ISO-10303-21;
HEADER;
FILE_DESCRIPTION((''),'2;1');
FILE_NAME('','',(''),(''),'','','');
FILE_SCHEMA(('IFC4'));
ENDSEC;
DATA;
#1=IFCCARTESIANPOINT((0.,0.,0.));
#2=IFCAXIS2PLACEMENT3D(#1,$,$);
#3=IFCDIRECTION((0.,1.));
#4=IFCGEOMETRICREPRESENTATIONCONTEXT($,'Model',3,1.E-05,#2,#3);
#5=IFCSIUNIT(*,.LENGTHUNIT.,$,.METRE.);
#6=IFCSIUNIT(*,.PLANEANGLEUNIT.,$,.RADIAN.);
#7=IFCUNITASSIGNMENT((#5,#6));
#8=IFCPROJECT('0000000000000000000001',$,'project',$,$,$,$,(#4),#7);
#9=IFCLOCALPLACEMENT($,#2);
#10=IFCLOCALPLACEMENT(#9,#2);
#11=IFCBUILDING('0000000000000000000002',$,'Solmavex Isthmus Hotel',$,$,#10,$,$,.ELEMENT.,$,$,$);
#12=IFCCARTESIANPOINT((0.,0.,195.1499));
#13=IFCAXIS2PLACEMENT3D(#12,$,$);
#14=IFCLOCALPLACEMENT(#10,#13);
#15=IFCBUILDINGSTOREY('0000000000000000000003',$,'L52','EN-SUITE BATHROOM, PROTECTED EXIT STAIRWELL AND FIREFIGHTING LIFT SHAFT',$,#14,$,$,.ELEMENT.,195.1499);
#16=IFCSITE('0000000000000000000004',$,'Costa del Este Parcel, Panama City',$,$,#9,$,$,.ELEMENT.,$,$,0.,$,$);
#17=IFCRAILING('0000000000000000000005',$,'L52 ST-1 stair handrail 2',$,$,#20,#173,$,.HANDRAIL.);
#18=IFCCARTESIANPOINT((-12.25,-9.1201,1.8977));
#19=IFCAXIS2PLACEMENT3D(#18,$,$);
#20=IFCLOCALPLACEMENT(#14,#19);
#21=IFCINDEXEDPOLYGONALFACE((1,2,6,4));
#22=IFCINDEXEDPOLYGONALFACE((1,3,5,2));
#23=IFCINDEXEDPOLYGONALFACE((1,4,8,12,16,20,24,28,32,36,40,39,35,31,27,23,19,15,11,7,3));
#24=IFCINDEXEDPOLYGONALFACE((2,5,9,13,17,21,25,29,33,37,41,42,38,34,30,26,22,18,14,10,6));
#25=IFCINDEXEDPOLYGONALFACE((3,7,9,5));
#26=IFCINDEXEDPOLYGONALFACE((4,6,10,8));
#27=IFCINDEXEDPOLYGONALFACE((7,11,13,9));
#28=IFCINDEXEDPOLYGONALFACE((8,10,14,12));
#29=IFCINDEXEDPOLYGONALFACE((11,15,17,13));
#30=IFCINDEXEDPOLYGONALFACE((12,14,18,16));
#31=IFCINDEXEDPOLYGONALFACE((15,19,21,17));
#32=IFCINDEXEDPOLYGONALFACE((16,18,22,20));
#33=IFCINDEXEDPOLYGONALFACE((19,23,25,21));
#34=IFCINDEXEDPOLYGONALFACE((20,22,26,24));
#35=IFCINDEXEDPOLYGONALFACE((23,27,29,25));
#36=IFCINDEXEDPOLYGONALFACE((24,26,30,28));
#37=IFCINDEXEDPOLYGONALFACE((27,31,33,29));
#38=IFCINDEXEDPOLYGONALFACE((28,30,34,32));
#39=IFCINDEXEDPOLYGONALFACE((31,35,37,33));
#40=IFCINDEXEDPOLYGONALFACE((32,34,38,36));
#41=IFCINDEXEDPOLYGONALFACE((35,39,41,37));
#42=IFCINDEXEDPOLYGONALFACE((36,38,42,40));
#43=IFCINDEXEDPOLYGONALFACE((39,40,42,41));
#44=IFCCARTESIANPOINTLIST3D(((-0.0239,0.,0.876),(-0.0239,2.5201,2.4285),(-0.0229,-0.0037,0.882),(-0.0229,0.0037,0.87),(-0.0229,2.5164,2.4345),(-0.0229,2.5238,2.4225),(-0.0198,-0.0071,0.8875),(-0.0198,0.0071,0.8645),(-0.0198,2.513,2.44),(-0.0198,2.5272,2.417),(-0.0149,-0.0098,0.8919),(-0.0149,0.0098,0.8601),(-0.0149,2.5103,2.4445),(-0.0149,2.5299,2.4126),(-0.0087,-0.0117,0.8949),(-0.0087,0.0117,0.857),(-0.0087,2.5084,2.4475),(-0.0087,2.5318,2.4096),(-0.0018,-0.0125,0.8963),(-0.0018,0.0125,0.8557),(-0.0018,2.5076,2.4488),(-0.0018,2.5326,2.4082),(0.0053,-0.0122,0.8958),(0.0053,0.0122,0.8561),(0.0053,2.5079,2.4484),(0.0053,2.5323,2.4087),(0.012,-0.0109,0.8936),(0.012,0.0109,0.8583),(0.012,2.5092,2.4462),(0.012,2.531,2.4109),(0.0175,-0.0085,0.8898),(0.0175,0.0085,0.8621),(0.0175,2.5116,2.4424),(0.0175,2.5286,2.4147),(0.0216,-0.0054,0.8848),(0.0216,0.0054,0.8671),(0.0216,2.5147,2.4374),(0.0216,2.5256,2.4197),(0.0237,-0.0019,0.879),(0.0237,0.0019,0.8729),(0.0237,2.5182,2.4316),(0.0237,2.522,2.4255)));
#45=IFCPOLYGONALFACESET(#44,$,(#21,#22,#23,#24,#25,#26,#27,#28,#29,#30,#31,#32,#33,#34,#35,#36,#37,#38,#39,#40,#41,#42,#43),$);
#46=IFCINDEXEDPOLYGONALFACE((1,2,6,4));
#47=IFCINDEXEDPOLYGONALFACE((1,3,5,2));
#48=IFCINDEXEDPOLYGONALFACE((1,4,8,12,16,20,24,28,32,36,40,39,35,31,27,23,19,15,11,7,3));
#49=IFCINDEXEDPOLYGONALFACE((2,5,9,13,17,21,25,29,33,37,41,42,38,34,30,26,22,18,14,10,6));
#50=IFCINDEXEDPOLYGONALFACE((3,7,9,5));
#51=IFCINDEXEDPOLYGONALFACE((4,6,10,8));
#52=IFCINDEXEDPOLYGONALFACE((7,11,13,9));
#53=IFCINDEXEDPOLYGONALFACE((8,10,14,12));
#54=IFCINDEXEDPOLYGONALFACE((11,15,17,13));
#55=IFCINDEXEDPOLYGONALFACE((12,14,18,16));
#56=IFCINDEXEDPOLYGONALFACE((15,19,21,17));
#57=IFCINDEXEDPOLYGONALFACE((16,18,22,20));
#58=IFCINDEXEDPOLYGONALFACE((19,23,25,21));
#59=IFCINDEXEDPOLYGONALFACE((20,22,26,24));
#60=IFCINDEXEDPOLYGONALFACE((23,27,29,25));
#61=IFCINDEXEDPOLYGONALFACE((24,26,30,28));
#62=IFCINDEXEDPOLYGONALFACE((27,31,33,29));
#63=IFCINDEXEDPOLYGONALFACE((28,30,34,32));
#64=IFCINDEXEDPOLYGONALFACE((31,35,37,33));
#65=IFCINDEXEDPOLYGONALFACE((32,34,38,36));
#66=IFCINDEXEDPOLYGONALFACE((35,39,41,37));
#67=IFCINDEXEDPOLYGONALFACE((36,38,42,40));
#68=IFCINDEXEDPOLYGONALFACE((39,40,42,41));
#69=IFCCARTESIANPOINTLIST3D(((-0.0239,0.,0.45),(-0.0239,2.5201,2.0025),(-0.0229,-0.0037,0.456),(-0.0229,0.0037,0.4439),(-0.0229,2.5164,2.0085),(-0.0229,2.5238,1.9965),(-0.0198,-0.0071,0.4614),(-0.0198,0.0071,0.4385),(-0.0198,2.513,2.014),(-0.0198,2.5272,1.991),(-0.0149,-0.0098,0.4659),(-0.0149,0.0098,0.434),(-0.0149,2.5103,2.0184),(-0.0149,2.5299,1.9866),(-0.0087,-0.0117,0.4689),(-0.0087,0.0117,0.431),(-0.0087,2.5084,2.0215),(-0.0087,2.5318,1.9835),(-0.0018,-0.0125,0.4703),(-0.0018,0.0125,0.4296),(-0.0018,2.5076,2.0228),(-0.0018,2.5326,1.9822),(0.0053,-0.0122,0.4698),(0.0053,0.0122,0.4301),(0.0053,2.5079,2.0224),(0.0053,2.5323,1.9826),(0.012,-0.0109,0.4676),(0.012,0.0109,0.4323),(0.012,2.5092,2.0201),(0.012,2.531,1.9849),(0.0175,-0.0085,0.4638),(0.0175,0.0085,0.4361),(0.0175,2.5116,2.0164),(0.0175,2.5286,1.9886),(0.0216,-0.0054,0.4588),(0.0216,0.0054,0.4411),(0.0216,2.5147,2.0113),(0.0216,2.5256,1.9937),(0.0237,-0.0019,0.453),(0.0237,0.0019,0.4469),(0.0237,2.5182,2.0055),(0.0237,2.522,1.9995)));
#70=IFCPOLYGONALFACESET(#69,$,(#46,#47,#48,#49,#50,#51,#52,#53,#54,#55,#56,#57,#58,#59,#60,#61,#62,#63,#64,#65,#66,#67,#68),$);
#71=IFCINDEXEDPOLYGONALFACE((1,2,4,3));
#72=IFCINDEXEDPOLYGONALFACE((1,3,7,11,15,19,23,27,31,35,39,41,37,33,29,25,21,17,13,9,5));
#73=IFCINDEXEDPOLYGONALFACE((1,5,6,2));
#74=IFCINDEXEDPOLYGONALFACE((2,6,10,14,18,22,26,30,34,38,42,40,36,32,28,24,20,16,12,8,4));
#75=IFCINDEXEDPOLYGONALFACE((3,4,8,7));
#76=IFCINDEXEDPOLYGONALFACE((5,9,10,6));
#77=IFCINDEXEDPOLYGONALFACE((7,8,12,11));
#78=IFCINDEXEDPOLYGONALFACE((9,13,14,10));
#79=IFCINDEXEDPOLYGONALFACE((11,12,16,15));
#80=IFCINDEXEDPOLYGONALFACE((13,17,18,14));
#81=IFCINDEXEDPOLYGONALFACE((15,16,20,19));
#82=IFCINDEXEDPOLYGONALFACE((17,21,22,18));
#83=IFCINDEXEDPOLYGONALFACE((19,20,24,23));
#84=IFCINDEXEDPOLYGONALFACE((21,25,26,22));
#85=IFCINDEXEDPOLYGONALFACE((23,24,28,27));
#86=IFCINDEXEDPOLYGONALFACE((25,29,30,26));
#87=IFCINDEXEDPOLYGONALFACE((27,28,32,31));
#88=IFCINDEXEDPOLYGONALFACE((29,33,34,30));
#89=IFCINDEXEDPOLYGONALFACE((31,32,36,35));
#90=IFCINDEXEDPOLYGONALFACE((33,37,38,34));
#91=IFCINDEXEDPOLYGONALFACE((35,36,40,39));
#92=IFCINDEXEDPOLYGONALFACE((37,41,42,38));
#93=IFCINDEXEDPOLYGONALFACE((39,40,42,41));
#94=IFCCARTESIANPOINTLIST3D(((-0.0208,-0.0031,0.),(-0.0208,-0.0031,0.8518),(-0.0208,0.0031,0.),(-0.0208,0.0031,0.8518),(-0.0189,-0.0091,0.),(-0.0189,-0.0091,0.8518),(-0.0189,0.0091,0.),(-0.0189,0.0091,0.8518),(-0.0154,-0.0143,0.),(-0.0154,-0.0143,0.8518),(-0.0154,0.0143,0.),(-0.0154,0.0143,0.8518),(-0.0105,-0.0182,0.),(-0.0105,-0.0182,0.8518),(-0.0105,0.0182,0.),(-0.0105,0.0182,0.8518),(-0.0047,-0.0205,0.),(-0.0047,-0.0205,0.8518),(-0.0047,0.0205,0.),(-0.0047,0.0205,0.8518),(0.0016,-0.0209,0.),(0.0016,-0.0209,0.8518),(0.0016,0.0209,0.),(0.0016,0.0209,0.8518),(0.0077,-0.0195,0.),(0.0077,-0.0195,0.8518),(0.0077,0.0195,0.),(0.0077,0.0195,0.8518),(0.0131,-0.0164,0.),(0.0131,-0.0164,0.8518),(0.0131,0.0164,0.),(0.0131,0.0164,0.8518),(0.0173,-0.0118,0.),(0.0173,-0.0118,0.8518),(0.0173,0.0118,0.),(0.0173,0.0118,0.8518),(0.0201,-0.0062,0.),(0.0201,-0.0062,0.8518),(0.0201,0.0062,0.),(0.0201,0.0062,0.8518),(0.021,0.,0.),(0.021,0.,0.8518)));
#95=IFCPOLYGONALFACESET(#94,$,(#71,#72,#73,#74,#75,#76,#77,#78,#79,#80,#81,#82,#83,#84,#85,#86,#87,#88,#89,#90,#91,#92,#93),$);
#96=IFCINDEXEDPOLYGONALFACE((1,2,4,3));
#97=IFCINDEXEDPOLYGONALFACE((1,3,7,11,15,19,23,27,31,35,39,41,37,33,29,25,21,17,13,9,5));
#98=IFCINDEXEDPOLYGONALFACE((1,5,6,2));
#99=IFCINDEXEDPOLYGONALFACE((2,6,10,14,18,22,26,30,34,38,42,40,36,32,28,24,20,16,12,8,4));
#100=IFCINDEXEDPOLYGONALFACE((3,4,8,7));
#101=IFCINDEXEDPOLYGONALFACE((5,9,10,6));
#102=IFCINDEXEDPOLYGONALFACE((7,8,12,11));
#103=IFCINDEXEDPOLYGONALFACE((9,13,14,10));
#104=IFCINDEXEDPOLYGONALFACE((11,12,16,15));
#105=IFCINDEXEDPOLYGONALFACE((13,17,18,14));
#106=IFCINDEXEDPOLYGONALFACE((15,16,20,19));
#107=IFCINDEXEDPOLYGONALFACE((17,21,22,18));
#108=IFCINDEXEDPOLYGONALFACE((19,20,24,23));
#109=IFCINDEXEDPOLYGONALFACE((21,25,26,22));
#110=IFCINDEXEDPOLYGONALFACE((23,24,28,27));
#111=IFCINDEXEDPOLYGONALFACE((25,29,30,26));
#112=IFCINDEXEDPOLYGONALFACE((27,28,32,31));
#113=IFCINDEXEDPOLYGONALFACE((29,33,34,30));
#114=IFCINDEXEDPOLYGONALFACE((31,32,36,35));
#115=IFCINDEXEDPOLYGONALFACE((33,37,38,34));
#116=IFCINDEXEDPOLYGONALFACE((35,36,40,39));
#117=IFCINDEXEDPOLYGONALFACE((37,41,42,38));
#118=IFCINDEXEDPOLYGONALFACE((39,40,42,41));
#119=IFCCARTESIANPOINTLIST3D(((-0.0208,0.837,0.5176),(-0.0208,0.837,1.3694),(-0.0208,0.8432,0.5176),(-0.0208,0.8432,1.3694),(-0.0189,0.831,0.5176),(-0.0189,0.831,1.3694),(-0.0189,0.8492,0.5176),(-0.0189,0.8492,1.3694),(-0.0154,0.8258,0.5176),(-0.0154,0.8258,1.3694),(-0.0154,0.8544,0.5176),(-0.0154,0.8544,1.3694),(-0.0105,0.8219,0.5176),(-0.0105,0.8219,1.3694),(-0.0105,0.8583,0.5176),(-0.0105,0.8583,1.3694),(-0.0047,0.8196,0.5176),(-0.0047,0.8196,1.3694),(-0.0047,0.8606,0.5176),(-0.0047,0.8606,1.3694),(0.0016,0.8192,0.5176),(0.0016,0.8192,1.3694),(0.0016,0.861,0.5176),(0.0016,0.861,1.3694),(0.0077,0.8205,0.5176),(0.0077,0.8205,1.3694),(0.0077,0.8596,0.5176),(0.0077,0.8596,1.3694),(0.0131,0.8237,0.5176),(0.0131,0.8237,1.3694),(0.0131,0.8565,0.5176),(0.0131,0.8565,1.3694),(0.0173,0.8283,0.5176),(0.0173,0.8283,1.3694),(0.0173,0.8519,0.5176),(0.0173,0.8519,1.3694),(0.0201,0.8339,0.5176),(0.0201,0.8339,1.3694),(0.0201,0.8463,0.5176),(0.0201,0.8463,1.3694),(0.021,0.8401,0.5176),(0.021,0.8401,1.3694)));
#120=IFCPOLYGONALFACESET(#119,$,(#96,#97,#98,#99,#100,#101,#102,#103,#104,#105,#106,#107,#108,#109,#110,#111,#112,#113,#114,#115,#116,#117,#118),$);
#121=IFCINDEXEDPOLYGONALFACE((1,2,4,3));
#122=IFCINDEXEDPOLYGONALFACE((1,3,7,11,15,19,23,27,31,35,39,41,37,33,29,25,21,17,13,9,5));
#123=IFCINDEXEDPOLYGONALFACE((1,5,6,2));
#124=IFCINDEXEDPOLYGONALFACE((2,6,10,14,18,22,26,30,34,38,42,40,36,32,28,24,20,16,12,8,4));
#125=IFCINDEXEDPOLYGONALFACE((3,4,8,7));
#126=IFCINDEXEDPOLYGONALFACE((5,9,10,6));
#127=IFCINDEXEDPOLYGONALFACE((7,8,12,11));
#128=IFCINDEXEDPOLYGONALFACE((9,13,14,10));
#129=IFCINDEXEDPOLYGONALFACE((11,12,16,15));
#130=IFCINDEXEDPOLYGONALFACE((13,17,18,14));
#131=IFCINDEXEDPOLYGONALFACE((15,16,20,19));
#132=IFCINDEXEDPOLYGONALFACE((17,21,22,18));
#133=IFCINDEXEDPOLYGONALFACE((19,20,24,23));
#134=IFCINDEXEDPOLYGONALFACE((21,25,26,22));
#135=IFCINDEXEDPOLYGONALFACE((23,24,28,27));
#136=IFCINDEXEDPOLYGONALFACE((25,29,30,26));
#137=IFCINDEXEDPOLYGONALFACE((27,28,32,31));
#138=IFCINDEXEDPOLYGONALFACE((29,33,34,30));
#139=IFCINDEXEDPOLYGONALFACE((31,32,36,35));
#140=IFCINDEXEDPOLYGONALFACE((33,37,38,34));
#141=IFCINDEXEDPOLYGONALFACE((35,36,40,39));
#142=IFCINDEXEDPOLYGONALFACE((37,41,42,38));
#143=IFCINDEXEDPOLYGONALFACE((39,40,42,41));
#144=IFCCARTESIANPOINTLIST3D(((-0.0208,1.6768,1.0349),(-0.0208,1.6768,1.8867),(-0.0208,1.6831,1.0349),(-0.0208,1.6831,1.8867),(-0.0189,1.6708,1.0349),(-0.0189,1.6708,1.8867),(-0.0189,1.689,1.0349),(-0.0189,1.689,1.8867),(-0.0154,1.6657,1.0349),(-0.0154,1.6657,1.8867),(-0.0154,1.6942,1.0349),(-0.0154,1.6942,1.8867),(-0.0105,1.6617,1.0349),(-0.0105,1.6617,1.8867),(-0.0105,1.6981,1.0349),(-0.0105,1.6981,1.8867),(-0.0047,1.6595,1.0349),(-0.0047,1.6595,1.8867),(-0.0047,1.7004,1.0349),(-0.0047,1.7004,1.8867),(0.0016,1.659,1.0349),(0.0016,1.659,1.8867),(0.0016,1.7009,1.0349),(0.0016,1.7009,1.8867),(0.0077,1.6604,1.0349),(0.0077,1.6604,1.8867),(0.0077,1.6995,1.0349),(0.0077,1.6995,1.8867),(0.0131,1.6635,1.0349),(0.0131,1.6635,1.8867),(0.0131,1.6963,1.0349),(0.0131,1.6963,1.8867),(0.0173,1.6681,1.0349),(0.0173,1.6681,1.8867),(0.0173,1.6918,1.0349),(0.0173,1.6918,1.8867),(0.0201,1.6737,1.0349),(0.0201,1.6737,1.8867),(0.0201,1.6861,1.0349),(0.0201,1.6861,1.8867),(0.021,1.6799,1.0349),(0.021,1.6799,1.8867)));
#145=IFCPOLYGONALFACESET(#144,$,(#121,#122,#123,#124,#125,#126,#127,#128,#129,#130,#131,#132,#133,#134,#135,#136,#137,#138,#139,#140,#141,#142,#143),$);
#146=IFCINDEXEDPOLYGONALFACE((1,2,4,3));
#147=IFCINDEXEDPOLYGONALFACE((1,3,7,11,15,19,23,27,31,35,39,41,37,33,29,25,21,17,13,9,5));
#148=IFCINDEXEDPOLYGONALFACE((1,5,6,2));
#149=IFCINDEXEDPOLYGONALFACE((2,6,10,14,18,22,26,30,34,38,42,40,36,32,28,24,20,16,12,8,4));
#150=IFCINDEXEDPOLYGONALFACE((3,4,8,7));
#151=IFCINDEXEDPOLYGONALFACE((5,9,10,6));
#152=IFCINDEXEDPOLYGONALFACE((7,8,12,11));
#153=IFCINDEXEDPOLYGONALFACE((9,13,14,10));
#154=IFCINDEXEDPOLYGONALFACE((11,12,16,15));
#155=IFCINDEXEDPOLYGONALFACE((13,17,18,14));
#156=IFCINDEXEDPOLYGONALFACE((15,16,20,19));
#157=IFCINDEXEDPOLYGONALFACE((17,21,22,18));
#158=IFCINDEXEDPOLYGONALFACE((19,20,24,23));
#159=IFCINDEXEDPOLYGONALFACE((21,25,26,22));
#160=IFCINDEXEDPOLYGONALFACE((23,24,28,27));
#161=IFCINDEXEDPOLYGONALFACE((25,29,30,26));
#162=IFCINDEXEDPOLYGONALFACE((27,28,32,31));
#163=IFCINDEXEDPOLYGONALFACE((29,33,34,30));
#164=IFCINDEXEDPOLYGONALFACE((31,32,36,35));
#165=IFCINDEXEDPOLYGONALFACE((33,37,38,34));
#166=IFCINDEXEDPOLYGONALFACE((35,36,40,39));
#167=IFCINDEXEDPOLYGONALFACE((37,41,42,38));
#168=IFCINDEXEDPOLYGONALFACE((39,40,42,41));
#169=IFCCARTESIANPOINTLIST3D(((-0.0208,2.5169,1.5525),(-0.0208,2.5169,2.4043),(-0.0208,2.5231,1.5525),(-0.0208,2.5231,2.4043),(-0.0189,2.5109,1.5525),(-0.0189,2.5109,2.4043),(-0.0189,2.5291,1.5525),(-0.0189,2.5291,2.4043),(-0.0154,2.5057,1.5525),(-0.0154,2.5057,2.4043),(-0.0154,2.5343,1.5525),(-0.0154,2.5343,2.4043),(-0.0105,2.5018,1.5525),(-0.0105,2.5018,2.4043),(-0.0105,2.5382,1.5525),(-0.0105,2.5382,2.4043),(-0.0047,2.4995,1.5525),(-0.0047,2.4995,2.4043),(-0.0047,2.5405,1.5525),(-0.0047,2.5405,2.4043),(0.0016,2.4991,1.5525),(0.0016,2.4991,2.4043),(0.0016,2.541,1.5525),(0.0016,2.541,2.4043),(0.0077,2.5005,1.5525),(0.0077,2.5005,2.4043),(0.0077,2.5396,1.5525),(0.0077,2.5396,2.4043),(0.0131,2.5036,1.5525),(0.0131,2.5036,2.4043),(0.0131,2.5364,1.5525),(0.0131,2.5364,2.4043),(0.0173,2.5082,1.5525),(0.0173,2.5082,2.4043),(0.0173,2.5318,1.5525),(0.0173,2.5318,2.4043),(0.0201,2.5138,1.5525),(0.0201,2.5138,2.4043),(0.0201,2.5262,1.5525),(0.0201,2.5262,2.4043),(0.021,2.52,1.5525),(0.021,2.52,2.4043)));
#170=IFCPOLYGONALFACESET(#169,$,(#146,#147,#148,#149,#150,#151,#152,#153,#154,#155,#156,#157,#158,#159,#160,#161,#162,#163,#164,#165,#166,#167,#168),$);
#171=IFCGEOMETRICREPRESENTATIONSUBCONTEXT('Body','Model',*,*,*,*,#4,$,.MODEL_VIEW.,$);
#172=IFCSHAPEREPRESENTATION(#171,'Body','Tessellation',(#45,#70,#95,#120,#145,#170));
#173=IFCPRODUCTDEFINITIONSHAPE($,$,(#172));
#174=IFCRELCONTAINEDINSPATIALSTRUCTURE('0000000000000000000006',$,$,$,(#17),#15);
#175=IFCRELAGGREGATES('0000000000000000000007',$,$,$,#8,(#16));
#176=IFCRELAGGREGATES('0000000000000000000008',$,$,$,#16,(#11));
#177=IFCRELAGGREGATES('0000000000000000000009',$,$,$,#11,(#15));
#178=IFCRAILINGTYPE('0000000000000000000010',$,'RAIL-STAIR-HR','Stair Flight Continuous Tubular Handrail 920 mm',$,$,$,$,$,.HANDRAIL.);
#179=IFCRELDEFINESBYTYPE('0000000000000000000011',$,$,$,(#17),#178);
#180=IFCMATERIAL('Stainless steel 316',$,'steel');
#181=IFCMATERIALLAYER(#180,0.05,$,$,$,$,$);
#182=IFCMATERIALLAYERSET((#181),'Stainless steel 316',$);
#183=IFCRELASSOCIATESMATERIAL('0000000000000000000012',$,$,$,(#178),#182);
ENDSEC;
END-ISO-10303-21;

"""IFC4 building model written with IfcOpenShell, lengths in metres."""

from ifc_helpers import new_model, si_unit, direction, frame, origin, origin_2d, place, context, subcontext, project, spatial, circle, extrude, material, layer, layer_set, type_object, element, save


model = new_model("IFC4")

# Units and contexts
model_context = context("Model", 3, precision=1e-05, world=origin(), true_north=direction((0.0, 1.0)))
body_context = subcontext(model_context, "Body", "Model", "MODEL_VIEW")
ifc_project = project(units=[si_unit("LENGTHUNIT", "METRE"), si_unit("PLANEANGLEUNIT", "RADIAN")], contexts=[model_context])

# Site, building, storey
site_placement = place(None, origin())
site = spatial("IfcSite", under=ifc_project, at=site_placement, Name="Costa del Este Parcel, Panama City", CompositionType="ELEMENT", RefElevation=0.0)
building_placement = place(site_placement, origin())
building = spatial("IfcBuilding", under=site, at=building_placement, Name="Solmavex Isthmus Hotel", CompositionType="ELEMENT")
storey_placement = place(building_placement, frame((0.0, 0.0, 195.1499)))
storey = spatial("IfcBuildingStorey", under=building, at=storey_placement, Name="L52", Description="EN-SUITE BATHROOM, PROTECTED EXIT STAIRWELL AND FIREFIGHTING LIFT SHAFT", CompositionType="ELEMENT", Elevation=195.1499)

# Railing
ifc_material_1 = material(Name="Stainless steel 316", Category="steel")
ifc_layer_1 = layer(ifc_material_1, 0.05)
ifc_layer_set_1 = layer_set([ifc_layer_1], Name="Stainless steel 316")
railing_type = type_object("IfcRailingType", Name="RAIL-STAIR-HR", Description="Stair Flight Continuous Tubular Handrail 920 mm", PredefinedType="HANDRAIL", material=ifc_layer_set_1)
railing_placement = place(storey_placement, frame((-12.25, -9.1201, 1.8977)))
element("IfcRailing", 1, at=railing_placement, inside=storey, type_object=railing_type, Name="L52 ST-1 stair handrail 2", PredefinedType="HANDRAIL", context=body_context, shape_type="SweptSolid", body=[
    extrude(circle(Radius=0.0239, at=origin_2d()), frame((0.0, 0.0, 0.876), z_axis=(0.0, 0.8514, 0.524516), x_axis=(-1.0, 0.0, 0.0)), (0.0, 0.0, 1.0), 2.96),
    extrude(circle(Radius=0.0239, at=origin_2d()), frame((0.0, 0.0, 0.45), z_axis=(0.0, 0.8514, 0.524516), x_axis=(-1.0, 0.0, 0.0)), (0.0, 0.0, 1.0), 2.96),
    extrude(circle(Radius=0.021, at=origin_2d()), origin(), (0.0, 0.0, 1.0), 0.8518),
    extrude(circle(Radius=0.021, at=origin_2d()), frame((0.0, 0.8401, 0.5176)), (0.0, 0.0, 1.0), 0.8518),
    extrude(circle(Radius=0.021, at=origin_2d()), frame((0.0, 1.6799, 1.0349)), (0.0, 0.0, 1.0), 0.8518),
    extrude(circle(Radius=0.021, at=origin_2d()), frame((0.0, 2.52, 1.5525)), (0.0, 0.0, 1.0), 0.8518),
])

save(model, "model.ifc")
